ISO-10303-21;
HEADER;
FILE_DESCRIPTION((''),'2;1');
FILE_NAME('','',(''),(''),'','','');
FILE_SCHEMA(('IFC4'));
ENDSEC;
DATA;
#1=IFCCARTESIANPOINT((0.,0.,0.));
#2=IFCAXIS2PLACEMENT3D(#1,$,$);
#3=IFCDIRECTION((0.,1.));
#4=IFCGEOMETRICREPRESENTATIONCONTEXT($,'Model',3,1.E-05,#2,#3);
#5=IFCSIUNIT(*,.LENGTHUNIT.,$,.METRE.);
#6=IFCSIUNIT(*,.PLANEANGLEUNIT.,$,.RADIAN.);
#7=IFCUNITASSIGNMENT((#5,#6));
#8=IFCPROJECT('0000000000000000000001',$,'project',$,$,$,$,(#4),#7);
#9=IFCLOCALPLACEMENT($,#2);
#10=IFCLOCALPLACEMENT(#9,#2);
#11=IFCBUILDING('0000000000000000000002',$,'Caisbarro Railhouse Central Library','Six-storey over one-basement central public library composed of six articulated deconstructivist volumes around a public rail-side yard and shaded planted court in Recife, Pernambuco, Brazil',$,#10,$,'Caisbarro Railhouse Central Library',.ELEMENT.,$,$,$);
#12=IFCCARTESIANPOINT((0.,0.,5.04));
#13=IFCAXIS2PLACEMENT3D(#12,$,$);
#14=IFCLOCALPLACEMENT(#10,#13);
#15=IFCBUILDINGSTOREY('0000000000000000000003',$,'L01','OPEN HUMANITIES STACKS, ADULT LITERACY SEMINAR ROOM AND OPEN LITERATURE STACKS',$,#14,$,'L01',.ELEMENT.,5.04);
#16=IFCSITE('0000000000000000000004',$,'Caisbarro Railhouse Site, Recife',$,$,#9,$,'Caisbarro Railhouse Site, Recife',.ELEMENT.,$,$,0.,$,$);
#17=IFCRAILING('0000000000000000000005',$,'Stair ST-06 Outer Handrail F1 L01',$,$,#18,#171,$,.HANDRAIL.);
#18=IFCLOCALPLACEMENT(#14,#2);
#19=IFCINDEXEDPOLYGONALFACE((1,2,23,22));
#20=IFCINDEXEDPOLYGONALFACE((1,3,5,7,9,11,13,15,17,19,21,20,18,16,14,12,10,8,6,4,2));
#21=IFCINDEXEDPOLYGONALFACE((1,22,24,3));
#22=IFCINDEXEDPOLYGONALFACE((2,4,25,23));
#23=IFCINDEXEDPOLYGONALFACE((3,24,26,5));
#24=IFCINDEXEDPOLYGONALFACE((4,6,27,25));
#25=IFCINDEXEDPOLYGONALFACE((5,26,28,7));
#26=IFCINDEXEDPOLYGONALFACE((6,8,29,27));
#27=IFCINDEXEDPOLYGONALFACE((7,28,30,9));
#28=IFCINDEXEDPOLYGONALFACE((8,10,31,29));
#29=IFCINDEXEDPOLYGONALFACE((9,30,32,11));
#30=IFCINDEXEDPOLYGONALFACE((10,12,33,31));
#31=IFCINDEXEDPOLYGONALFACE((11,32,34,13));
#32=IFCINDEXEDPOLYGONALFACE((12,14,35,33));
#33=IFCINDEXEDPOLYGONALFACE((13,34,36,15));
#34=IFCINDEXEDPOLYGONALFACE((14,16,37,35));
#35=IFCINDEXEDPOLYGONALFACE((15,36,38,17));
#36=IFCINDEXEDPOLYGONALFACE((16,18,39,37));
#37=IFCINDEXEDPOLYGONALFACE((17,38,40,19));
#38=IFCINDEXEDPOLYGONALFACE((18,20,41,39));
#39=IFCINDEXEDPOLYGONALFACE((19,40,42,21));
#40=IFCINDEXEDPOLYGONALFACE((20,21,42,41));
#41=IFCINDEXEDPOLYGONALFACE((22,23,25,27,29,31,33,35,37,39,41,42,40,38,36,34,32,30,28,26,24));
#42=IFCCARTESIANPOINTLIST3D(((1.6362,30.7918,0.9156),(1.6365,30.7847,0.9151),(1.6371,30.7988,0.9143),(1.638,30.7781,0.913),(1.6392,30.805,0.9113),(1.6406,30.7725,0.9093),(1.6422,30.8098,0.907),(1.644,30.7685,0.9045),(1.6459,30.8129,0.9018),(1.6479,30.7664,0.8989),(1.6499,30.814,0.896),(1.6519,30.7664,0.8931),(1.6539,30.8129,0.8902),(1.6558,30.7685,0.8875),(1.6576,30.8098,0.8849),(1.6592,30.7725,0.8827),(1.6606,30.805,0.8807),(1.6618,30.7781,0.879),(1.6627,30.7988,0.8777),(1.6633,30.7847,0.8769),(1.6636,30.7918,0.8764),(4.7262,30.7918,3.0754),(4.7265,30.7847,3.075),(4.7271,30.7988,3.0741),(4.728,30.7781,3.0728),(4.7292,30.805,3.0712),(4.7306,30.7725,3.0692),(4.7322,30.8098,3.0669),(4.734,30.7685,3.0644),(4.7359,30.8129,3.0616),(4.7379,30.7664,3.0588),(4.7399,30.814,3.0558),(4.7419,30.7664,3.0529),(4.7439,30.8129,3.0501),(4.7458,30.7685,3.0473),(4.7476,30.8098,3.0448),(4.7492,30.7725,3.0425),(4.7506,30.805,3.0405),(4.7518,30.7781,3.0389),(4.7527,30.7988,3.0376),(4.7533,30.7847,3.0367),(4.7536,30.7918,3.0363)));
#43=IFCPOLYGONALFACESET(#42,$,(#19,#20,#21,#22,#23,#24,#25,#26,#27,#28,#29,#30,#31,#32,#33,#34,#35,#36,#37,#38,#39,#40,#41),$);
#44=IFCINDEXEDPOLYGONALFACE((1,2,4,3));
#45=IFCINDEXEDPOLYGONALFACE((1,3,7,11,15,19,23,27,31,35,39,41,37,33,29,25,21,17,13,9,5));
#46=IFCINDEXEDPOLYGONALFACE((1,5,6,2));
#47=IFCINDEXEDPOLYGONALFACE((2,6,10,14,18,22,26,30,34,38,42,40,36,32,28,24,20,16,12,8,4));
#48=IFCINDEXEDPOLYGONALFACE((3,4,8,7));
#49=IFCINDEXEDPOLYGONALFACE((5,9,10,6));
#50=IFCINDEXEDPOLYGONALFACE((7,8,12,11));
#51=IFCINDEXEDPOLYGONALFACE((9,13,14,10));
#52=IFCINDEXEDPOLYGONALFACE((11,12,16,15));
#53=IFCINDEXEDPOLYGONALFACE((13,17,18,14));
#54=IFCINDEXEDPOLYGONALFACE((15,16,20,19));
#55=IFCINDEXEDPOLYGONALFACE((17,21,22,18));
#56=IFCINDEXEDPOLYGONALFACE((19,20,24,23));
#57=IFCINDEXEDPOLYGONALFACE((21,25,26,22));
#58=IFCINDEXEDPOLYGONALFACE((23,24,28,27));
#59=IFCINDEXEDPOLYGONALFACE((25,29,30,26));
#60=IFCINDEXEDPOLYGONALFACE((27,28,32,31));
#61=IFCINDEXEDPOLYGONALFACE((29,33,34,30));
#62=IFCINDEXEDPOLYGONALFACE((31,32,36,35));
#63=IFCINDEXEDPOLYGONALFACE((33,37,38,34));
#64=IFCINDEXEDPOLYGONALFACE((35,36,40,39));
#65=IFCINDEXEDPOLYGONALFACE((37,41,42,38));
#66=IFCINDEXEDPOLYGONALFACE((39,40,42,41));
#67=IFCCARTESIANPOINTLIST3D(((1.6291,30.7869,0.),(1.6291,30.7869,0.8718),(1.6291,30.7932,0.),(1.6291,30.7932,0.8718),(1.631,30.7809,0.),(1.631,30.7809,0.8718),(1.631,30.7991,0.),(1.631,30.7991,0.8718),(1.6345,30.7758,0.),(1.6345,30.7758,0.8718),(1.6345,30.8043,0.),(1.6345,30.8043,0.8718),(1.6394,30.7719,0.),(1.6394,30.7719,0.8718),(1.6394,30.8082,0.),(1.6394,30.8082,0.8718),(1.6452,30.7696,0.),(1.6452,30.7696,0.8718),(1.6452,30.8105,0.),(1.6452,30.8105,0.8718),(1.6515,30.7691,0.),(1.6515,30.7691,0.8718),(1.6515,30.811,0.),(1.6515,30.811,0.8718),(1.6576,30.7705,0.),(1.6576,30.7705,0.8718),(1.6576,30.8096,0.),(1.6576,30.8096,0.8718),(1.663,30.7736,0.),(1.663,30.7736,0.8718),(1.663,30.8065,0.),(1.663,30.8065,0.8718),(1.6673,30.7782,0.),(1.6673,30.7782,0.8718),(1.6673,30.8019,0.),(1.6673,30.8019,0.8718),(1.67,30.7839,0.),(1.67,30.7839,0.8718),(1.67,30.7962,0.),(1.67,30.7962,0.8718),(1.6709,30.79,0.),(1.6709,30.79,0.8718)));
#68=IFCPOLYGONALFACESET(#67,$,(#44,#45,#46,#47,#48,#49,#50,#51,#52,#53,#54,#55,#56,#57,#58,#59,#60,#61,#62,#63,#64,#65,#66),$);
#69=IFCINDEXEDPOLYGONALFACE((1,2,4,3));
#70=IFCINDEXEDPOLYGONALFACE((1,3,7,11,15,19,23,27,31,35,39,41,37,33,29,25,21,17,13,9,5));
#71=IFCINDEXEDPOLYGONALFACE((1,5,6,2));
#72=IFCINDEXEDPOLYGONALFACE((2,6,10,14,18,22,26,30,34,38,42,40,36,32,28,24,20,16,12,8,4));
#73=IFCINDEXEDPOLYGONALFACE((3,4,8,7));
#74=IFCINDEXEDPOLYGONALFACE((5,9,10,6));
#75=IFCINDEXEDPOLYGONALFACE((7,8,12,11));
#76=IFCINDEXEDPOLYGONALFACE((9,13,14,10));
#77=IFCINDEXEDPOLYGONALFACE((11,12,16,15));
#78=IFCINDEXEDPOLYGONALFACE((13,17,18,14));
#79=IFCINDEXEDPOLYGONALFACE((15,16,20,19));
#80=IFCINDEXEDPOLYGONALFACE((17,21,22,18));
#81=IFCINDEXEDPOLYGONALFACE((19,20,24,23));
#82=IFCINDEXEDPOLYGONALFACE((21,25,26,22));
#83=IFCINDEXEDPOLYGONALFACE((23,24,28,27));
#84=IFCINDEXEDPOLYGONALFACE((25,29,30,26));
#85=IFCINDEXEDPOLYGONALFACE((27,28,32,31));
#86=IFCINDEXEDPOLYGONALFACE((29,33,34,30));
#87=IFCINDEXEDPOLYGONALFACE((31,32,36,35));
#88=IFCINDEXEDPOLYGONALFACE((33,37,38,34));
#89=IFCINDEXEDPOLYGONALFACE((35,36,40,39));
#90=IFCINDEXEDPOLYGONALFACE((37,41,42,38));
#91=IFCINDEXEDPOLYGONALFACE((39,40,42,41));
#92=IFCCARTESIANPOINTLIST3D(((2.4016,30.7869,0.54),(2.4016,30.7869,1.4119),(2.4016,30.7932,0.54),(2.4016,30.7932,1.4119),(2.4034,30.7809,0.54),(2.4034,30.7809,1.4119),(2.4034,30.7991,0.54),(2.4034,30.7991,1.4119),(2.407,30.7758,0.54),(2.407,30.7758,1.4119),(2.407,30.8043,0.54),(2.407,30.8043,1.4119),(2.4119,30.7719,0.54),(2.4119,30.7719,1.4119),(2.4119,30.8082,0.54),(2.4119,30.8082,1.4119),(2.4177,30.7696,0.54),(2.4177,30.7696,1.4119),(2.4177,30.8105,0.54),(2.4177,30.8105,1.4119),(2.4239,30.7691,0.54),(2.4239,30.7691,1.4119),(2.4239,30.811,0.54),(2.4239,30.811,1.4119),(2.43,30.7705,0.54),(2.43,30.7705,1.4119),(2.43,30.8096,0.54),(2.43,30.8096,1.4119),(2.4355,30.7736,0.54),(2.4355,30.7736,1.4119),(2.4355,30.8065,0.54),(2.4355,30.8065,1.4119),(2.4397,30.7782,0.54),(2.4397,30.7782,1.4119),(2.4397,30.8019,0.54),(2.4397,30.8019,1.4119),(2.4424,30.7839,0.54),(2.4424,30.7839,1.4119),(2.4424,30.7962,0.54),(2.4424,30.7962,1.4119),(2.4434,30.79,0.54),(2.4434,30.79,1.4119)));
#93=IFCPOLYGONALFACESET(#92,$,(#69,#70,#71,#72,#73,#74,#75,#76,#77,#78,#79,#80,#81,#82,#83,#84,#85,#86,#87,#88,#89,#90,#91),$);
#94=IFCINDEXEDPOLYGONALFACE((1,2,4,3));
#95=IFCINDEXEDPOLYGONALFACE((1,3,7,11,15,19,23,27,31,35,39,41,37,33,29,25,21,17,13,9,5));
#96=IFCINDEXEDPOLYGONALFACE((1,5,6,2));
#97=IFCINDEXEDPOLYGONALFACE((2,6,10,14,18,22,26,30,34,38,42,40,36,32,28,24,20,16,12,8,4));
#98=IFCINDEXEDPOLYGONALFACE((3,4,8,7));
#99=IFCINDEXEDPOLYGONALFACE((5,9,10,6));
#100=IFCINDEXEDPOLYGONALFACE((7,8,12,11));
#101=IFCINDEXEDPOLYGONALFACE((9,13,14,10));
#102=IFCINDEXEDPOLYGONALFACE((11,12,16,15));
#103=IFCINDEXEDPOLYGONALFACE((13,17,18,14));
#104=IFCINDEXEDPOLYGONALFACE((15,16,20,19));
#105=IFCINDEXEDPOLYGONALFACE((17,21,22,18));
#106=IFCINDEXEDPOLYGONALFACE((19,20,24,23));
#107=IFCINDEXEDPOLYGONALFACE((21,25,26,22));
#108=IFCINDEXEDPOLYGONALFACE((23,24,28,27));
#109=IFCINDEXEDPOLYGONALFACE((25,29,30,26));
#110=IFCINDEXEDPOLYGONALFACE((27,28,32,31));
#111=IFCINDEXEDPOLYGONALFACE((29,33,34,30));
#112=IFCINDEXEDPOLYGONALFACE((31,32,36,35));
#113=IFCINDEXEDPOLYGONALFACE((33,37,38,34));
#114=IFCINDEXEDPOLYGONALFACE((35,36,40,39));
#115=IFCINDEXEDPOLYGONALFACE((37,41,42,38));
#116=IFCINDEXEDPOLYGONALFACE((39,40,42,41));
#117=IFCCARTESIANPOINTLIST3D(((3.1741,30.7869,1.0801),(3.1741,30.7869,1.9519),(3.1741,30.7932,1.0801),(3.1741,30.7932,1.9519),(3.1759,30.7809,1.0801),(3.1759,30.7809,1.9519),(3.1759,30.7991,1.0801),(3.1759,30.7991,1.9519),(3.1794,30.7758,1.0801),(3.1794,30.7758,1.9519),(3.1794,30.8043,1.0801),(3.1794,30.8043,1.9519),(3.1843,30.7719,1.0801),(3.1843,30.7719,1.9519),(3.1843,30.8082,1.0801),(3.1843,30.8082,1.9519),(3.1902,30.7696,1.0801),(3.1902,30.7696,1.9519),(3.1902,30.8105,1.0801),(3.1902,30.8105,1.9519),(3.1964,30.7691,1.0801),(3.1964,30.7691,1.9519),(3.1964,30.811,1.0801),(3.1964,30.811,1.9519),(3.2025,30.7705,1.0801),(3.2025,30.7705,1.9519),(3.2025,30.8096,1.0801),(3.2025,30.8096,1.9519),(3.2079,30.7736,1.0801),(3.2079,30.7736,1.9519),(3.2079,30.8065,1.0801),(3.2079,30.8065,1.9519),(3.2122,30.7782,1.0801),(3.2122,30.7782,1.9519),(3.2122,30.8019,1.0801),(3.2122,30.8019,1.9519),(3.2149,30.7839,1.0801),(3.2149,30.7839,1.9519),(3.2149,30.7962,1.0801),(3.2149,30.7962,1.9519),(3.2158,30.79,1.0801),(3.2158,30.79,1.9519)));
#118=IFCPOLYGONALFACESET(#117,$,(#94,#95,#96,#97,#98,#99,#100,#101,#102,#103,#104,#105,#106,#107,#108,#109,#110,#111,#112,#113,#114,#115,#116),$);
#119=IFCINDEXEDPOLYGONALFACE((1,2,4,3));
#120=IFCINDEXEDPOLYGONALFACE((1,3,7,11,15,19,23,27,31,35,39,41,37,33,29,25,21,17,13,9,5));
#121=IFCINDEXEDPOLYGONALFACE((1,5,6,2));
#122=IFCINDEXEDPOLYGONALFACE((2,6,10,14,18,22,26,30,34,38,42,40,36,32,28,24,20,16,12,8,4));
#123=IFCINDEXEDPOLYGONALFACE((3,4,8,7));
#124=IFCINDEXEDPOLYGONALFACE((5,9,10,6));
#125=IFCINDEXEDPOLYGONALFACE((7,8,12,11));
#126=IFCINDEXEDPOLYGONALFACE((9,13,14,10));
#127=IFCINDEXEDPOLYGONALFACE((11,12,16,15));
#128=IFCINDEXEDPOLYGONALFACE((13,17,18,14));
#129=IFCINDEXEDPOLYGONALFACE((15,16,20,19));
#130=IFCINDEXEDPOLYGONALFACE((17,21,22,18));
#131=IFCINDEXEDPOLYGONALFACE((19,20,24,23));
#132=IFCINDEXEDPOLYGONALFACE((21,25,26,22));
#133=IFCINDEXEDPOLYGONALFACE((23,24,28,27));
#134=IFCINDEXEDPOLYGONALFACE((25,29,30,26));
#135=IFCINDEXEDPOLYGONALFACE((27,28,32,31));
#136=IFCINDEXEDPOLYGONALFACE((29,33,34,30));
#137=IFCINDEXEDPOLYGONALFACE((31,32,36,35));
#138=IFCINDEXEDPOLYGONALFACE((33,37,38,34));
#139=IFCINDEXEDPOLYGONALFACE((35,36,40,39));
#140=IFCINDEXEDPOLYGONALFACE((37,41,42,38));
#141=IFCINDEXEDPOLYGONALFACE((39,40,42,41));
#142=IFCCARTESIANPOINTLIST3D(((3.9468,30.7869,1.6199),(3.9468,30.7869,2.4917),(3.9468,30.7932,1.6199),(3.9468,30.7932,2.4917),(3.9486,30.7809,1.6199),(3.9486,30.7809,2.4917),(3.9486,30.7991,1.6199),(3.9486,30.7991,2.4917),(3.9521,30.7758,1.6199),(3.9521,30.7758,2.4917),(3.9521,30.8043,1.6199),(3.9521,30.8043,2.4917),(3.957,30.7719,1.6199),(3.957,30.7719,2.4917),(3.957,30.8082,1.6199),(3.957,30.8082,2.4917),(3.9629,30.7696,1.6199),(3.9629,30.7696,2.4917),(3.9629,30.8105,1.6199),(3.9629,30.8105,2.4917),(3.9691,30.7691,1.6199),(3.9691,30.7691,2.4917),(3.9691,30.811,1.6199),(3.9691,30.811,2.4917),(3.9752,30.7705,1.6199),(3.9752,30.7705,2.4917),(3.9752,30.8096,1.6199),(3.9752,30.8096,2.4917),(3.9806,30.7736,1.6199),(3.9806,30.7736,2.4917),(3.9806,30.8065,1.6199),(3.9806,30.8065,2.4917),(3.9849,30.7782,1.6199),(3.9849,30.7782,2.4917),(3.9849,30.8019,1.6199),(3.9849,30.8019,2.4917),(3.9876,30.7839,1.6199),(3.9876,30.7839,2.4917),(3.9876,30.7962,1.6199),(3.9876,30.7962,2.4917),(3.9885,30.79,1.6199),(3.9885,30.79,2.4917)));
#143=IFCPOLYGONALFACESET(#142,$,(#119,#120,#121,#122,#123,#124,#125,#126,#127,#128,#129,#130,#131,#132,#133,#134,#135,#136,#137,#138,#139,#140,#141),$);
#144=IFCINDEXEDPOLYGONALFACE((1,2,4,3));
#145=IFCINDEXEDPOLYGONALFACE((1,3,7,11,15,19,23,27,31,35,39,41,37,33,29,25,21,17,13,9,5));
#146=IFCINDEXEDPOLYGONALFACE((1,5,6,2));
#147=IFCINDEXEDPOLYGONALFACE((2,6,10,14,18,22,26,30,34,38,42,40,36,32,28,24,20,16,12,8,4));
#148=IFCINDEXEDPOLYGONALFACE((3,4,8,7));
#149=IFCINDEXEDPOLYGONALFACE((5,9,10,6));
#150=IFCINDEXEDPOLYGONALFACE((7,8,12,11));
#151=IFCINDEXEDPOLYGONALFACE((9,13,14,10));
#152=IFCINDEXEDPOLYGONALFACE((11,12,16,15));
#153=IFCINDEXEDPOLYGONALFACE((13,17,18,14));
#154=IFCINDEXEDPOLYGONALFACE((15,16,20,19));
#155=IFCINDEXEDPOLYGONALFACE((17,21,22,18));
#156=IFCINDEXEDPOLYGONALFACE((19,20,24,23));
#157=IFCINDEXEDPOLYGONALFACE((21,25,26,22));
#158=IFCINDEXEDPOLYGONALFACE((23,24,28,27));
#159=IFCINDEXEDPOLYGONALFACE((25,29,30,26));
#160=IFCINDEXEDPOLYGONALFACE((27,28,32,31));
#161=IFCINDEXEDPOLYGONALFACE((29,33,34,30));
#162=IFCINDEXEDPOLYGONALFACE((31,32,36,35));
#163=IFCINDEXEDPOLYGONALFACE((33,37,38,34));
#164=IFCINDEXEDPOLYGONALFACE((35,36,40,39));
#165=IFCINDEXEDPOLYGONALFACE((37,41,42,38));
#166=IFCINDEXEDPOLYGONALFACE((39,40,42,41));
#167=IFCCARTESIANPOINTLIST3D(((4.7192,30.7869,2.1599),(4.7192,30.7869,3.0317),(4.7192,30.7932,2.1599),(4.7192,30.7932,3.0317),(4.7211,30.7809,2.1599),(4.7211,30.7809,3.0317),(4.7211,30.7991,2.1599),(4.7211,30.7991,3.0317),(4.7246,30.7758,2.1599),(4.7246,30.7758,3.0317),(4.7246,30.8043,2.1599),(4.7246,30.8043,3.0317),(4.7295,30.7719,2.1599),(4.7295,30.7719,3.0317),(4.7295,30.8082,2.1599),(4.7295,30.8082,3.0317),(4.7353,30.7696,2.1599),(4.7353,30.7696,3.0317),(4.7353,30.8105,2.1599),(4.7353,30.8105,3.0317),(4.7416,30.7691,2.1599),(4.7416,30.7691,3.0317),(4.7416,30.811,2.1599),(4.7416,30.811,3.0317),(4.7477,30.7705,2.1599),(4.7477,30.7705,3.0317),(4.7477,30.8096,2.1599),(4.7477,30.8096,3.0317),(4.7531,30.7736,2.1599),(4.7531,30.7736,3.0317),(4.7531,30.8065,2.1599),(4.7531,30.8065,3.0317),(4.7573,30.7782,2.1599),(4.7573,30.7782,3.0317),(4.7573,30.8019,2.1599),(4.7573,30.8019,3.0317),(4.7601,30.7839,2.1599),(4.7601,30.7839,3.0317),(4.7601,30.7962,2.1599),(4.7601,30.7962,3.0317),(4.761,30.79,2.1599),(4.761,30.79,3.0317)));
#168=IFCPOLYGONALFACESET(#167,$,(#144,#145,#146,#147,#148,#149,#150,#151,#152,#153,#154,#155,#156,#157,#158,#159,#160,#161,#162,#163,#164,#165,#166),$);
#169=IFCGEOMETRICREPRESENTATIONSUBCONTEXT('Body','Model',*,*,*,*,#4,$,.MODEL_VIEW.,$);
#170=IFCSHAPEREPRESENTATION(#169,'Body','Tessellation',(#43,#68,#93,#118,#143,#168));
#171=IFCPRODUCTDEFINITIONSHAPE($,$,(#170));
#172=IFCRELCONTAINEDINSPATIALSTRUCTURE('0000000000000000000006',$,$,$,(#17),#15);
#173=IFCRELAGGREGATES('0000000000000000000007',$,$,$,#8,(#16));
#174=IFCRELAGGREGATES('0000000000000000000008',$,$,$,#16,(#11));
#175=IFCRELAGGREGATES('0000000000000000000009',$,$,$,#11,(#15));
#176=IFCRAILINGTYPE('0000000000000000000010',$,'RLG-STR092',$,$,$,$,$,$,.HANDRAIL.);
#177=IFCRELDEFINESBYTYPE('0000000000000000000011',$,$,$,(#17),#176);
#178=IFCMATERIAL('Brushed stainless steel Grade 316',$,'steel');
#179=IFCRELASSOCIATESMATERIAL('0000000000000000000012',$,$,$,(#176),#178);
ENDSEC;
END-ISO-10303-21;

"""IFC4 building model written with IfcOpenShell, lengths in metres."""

from ifc_helpers import new_model, si_unit, direction, frame, origin, origin_2d, place, context, subcontext, project, spatial, circle, extrude, material, type_object, element, save


model = new_model("IFC4")

# Units and contexts
model_context = context("Model", 3, precision=1e-05, world=origin(), true_north=direction((0.0, 1.0)))
body_context = subcontext(model_context, "Body", "Model", "MODEL_VIEW")
ifc_project = project(units=[si_unit("LENGTHUNIT", "METRE"), si_unit("PLANEANGLEUNIT", "RADIAN")], contexts=[model_context])

# Site, building, storey
site_placement = place(None, origin())
site = spatial("IfcSite", under=ifc_project, at=site_placement, Name="Caisbarro Railhouse Site, Recife", LongName="Caisbarro Railhouse Site, Recife", CompositionType="ELEMENT", RefElevation=0.0)
building_placement = place(site_placement, origin())
building = spatial("IfcBuilding", under=site, at=building_placement, Name="Caisbarro Railhouse Central Library", Description="Six-storey over one-basement central public library composed of six articulated deconstructivist volumes around a public rail-side yard and shaded planted court in Recife, Pernambuco, Brazil", LongName="Caisbarro Railhouse Central Library", CompositionType="ELEMENT")
storey_placement = place(building_placement, frame((0.0, 0.0, 5.04)))
storey = spatial("IfcBuildingStorey", under=building, at=storey_placement, Name="L01", Description="OPEN HUMANITIES STACKS, ADULT LITERACY SEMINAR ROOM AND OPEN LITERATURE STACKS", LongName="L01", CompositionType="ELEMENT", Elevation=5.04)

# Railing
ifc_material_1 = material(Name="Brushed stainless steel Grade 316", Category="steel")
railing_type_1 = type_object("IfcRailingType", Name="RLG-STR092", PredefinedType="HANDRAIL", material=ifc_material_1)
railing_1_placement = place(storey_placement, frame((1.6499, 30.79, 0.0)))
element("IfcRailing", 1, at=railing_1_placement, inside=storey, type_object=railing_type_1, Name="Stair ST-06 Outer Handrail F1 L01", PredefinedType="HANDRAIL", context=body_context, shape_type="SweptSolid", body=[
    extrude(circle(Radius=0.0239, at=origin_2d()), frame((0.0, 0.0, 0.896), z_axis=(0.819624, 0.0, 0.572902), x_axis=(0.0, 1.0, 0.0)), (0.0, 0.0, 1.0), 3.77),
    extrude(circle(Radius=0.021, at=origin_2d()), origin(), (0.0, 0.0, 1.0), 0.8718),
    extrude(circle(Radius=0.021, at=origin_2d()), frame((0.7725, 0.0, 0.54)), (0.0, 0.0, 1.0), 0.8718),
    extrude(circle(Radius=0.021, at=origin_2d()), frame((1.5449, 0.0, 1.0801)), (0.0, 0.0, 1.0), 0.8718),
    extrude(circle(Radius=0.021, at=origin_2d()), frame((2.3176, 0.0, 1.6199)), (0.0, 0.0, 1.0), 0.8718),
    extrude(circle(Radius=0.021, at=origin_2d()), frame((3.0901, 0.0, 2.1599)), (0.0, 0.0, 1.0), 0.8718),
])

save(model, "model.ifc")
